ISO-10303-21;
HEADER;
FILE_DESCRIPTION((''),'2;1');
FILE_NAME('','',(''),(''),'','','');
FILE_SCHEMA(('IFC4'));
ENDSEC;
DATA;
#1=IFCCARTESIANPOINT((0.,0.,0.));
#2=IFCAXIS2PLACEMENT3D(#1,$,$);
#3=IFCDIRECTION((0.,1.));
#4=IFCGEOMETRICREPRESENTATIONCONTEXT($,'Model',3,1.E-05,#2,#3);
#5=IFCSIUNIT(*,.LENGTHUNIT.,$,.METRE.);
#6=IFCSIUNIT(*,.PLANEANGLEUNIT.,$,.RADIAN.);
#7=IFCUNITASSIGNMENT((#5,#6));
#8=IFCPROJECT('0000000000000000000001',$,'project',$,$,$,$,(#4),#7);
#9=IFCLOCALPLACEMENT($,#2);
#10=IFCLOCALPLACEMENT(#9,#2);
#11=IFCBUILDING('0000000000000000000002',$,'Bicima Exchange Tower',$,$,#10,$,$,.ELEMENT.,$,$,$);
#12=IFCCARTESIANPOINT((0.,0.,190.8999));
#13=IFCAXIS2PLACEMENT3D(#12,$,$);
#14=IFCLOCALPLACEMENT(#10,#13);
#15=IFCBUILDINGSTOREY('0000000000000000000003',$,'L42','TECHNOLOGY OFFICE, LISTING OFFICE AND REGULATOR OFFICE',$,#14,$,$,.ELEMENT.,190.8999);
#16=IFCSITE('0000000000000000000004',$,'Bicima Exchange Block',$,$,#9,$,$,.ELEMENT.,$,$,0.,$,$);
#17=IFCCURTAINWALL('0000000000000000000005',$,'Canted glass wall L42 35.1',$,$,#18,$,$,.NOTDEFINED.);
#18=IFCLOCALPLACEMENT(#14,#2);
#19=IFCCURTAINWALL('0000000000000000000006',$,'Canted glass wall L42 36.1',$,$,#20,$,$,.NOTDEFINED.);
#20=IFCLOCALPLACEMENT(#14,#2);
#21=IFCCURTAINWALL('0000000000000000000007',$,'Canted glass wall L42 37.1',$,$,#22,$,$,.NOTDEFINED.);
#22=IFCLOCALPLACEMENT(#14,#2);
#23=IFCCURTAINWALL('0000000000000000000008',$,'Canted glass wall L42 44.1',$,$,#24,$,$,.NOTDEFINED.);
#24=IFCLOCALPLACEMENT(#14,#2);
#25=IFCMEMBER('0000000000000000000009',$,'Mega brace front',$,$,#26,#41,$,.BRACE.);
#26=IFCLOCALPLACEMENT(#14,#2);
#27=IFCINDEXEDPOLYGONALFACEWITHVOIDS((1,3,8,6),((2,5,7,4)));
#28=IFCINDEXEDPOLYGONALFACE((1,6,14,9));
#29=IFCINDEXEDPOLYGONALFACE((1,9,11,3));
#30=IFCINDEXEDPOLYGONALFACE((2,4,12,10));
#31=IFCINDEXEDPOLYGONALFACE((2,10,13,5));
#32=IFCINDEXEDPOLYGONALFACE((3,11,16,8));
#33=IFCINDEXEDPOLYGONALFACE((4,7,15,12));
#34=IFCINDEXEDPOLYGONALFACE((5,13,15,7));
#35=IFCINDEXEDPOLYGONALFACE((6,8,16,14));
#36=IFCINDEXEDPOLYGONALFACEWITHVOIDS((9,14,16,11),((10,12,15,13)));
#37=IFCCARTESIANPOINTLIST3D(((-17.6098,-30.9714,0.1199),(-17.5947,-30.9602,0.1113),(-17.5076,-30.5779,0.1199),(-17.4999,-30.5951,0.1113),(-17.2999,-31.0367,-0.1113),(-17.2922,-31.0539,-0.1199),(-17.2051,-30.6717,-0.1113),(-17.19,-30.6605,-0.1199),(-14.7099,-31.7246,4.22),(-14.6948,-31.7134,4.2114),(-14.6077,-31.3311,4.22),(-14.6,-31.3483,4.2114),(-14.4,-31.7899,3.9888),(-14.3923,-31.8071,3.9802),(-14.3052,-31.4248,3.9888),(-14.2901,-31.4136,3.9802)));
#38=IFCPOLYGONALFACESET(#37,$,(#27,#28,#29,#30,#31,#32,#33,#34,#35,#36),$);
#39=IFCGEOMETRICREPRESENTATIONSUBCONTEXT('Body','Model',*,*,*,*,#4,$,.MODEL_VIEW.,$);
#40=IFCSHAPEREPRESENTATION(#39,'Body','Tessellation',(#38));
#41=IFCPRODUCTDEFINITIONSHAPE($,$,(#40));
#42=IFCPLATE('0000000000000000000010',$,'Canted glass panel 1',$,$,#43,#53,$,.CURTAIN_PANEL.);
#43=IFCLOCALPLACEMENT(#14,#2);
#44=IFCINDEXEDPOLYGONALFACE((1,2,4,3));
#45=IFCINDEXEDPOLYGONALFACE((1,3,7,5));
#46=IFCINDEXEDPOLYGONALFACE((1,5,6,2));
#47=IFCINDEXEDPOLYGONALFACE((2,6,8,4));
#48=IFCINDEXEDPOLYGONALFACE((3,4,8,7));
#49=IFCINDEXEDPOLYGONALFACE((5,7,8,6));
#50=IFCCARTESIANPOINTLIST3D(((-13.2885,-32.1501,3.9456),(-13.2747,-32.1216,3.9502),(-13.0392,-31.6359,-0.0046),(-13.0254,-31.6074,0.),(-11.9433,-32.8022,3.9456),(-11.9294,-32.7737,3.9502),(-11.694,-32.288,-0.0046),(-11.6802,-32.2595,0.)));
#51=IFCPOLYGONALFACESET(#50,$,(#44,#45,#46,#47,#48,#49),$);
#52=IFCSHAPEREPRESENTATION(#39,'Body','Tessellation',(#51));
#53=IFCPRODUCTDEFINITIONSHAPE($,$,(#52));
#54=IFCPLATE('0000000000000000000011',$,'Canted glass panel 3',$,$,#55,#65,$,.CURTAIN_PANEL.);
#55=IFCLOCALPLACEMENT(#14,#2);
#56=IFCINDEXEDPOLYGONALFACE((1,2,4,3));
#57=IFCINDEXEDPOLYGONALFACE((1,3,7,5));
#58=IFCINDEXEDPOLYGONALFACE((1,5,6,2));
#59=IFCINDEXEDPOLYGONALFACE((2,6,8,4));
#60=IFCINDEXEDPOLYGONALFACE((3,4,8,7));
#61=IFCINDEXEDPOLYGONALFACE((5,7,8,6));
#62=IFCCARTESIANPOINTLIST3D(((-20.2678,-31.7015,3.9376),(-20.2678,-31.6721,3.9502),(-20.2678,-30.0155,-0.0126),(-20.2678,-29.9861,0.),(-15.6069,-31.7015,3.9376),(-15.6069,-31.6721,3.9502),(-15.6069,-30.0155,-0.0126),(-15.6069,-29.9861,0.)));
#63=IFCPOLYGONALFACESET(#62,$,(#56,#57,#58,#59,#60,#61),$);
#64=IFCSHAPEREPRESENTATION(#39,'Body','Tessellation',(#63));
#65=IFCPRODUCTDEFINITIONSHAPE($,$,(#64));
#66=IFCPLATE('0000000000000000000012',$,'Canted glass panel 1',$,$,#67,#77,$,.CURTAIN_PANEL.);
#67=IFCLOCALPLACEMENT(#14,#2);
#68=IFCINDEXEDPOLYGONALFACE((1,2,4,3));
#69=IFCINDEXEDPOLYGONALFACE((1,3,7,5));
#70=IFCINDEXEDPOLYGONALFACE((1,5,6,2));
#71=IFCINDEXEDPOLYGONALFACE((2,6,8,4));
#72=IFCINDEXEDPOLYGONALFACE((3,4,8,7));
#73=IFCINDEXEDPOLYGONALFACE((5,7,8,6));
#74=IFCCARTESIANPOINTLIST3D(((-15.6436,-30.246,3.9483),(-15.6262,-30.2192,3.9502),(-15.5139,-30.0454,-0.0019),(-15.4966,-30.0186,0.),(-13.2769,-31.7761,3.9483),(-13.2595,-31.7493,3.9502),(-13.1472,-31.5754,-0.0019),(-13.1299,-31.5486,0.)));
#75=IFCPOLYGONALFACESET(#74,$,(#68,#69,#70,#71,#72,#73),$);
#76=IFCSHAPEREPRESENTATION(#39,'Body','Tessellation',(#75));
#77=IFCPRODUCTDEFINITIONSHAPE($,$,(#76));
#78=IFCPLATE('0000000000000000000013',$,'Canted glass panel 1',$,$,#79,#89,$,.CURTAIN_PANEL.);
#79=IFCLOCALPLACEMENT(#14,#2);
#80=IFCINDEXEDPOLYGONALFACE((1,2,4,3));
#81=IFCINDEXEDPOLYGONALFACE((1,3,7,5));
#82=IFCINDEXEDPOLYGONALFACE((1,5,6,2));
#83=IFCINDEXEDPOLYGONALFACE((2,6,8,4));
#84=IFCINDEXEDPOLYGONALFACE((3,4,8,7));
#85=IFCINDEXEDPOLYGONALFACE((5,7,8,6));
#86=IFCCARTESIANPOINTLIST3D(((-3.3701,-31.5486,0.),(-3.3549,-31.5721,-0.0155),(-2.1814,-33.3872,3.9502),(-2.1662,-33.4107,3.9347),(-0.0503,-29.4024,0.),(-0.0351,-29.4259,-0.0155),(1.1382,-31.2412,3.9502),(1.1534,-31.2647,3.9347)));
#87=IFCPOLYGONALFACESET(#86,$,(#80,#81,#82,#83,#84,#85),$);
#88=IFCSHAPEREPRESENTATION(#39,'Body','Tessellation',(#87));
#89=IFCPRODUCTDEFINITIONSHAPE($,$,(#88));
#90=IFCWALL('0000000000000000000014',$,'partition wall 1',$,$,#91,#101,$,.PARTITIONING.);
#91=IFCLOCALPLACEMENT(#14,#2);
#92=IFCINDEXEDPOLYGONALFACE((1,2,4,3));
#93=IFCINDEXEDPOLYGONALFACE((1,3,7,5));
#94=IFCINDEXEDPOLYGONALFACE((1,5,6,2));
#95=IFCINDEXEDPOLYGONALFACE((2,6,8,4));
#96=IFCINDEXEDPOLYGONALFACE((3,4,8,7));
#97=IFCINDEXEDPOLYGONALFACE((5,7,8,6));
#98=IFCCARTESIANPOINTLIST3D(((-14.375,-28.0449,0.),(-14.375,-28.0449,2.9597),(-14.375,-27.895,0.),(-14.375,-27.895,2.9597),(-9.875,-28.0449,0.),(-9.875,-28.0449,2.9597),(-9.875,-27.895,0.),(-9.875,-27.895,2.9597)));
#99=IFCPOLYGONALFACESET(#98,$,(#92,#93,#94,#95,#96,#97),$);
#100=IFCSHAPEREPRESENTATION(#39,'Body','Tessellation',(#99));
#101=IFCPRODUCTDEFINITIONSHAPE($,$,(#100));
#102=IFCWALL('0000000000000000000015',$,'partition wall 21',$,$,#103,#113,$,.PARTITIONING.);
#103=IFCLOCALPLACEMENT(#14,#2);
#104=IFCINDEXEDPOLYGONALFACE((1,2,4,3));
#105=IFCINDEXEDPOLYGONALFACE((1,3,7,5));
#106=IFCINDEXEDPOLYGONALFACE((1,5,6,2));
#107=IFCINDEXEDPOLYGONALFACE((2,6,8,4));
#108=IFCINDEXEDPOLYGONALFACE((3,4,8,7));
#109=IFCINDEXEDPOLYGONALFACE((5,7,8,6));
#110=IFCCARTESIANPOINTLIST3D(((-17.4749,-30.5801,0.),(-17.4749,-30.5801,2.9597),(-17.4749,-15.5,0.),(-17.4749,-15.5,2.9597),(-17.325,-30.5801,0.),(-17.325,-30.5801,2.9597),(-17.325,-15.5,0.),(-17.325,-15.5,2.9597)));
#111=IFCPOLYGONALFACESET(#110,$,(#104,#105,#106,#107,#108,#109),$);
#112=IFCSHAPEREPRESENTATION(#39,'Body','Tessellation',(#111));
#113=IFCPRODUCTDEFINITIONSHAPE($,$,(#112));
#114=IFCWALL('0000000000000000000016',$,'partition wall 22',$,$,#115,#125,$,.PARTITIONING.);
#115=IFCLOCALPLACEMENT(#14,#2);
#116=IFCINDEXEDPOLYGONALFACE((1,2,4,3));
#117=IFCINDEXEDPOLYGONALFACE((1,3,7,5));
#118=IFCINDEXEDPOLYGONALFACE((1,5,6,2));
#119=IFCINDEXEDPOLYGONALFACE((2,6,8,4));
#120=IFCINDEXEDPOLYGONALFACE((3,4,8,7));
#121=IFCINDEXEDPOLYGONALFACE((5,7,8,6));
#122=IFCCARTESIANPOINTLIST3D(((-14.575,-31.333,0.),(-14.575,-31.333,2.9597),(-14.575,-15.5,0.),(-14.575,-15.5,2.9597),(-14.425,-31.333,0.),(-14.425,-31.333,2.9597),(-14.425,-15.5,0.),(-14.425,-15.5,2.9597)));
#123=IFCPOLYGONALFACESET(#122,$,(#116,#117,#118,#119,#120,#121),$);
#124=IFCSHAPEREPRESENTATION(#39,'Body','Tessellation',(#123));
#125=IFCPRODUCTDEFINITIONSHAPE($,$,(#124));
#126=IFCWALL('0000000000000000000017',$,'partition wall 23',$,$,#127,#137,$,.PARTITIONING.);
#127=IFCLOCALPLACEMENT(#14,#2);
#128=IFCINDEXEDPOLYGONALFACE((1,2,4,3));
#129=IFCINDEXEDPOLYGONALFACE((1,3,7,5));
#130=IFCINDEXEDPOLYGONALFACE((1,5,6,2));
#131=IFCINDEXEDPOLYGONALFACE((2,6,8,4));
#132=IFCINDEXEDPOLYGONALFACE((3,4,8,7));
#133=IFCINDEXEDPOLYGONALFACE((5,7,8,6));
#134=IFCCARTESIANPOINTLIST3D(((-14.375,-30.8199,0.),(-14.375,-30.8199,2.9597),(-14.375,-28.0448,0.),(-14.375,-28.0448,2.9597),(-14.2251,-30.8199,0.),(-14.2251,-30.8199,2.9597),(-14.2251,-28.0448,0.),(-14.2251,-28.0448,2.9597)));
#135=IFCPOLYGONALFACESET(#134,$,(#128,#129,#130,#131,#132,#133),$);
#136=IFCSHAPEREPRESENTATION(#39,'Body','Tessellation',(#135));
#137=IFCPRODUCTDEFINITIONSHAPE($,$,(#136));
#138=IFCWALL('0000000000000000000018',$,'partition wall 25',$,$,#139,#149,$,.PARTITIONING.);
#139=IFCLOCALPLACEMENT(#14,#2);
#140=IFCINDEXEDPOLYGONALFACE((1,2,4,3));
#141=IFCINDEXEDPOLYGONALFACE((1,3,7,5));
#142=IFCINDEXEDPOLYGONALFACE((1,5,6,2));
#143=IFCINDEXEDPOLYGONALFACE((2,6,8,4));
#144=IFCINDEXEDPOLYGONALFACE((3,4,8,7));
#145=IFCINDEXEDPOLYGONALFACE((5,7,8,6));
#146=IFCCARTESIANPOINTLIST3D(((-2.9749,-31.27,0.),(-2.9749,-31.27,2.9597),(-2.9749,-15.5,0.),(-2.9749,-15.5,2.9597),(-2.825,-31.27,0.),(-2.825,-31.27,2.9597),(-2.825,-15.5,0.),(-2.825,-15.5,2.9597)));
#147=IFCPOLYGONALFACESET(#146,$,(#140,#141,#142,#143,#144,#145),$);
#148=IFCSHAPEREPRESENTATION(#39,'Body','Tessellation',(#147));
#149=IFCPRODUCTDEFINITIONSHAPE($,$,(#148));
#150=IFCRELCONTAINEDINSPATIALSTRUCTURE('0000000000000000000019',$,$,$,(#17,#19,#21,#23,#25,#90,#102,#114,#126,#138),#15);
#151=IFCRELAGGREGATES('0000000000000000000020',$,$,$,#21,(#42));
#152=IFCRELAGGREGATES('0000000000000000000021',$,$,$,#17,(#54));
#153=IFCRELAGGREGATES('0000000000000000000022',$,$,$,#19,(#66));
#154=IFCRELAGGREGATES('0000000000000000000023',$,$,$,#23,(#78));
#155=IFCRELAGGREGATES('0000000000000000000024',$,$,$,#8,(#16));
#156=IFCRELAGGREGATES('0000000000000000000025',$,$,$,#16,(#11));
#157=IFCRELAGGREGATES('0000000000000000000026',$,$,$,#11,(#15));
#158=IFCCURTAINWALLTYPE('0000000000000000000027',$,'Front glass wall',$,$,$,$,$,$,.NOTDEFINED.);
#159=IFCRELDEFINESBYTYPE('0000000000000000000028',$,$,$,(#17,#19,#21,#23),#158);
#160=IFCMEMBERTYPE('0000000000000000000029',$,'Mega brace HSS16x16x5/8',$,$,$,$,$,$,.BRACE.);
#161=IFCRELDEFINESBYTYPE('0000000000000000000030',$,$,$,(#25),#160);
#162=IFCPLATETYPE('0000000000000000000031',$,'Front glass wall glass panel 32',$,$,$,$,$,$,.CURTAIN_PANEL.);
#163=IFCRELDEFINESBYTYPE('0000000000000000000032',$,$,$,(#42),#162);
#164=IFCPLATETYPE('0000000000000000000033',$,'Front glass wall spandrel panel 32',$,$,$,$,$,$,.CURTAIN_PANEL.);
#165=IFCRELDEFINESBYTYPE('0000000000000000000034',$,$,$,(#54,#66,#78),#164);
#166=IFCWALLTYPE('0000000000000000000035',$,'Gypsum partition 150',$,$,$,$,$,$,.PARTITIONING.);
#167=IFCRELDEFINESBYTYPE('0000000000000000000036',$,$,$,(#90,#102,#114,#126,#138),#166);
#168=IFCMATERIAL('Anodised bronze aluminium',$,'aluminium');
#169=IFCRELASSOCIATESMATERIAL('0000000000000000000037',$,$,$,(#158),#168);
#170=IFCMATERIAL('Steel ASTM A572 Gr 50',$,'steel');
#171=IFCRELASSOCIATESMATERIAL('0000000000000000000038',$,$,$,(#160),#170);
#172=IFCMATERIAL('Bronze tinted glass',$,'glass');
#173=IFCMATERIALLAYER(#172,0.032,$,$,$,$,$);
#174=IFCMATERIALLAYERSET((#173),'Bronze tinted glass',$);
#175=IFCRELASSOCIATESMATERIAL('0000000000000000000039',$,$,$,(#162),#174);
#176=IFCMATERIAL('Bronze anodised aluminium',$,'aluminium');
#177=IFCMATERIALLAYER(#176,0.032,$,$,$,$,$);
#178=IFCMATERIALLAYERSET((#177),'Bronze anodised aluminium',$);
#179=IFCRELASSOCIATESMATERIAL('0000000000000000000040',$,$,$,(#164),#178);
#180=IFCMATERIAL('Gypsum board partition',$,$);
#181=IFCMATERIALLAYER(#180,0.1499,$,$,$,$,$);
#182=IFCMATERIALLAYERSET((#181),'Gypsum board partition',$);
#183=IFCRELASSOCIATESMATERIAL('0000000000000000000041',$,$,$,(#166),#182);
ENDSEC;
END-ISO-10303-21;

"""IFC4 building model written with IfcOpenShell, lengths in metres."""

from ifc_helpers import new_model, si_unit, direction, frame, frame_2d, origin, origin_2d, place, context, subcontext, project, spatial, polyline, rectangle, hollow_rectangle, outline, extrude, material, layer, layer_set, material_profile, profile_set, type_object, element, aggregate, save


model = new_model("IFC4")

# Units and contexts
model_context = context("Model", 3, precision=1e-05, world=origin(), true_north=direction((0.0, 1.0)))
body_context = subcontext(model_context, "Body", "Model", "MODEL_VIEW")
ifc_project = project(units=[si_unit("LENGTHUNIT", "METRE"), si_unit("PLANEANGLEUNIT", "RADIAN")], contexts=[model_context])

# Site, building, storey
site_placement = place(None, origin())
site = spatial("IfcSite", under=ifc_project, at=site_placement, Name="Bicima Exchange Block", CompositionType="ELEMENT", RefElevation=0.0)
building_placement = place(site_placement, origin())
building = spatial("IfcBuilding", under=site, at=building_placement, Name="Bicima Exchange Tower", CompositionType="ELEMENT")
storey_placement = place(building_placement, frame((0.0, 0.0, 190.8999)))
storey = spatial("IfcBuildingStorey", under=building, at=storey_placement, Name="L42", Description="TECHNOLOGY OFFICE, LISTING OFFICE AND REGULATOR OFFICE", CompositionType="ELEMENT", Elevation=190.8999)

# Curtain wall
ifc_material_1 = material(Name="Anodised bronze aluminium", Category="aluminium")
curtain_wall_type = type_object("IfcCurtainWallType", Name="Front glass wall", PredefinedType="NOTDEFINED", material=ifc_material_1)
curtain_wall_1_placement = place(storey_placement, origin())
curtain_wall_1 = element("IfcCurtainWall", 1, at=curtain_wall_1_placement, inside=storey, type_object=curtain_wall_type, Name="Canted glass wall L42 35.1", PredefinedType="NOTDEFINED")

# Curtain wall
curtain_wall_2_placement = place(storey_placement, origin())
curtain_wall_2 = element("IfcCurtainWall", 2, at=curtain_wall_2_placement, inside=storey, type_object=curtain_wall_type, Name="Canted glass wall L42 36.1", PredefinedType="NOTDEFINED")

# Curtain walls
curtain_wall_3_placement = place(storey_placement, origin())
curtain_wall_3 = element("IfcCurtainWall", 3, at=curtain_wall_3_placement, inside=storey, type_object=curtain_wall_type, Name="Canted glass wall L42 37.1", PredefinedType="NOTDEFINED")
curtain_wall_4_placement = place(storey_placement, origin())
curtain_wall_4 = element("IfcCurtainWall", 4, at=curtain_wall_4_placement, inside=storey, type_object=curtain_wall_type, Name="Canted glass wall L42 44.1", PredefinedType="NOTDEFINED")

# Member
ifc_material_2 = material(Name="Steel ASTM A572 Gr 50", Category="steel")
ifc_material_profile_1 = material_profile(ifc_material_2, hollow_rectangle(XDim=0.4065, YDim=0.4065, WallThickness=0.0146, at=origin_2d()))
ifc_profile_set_1 = profile_set([ifc_material_profile_1], Name="Steel ASTM A572 Gr 50")
member_type_1 = type_object("IfcMemberType", Name="Mega brace HSS16x16x5/8", PredefinedType="BRACE", material=ifc_profile_set_1)
member_1_placement = place(storey_placement, frame((-17.3999, -30.8159, 0.0), z_axis=(0.571056, -0.148317, 0.807401), x_axis=(0.251383, 0.967888, 0.0)))
element("IfcMember", 5, at=member_1_placement, inside=storey, type_object=member_type_1, Name="Mega brace front", PredefinedType="BRACE", context=body_context, shape_type="SweptSolid", body=[
    extrude(hollow_rectangle(XDim=0.4065, YDim=0.4065, WallThickness=0.0146, at=origin_2d()), origin(), (0.0, 0.0, 1.0), 5.0781),
])

# Plates
ifc_material_3 = material(Name="Bronze tinted glass", Category="glass")
ifc_layer_1 = layer(ifc_material_3, 0.032)
ifc_layer_set_1 = layer_set([ifc_layer_1], Name="Bronze tinted glass")
plate_type_1 = type_object("IfcPlateType", Name="Front glass wall glass panel 32", PredefinedType="CURTAIN_PANEL", material=ifc_layer_set_1)
plate_1_placement = place(storey_placement, frame((-13.0254, -31.6074, 0.0), z_axis=(0.431712, 0.890578, 0.14316), x_axis=(0.899847, -0.436205, 0.0)))
plate_1 = element("IfcPlate", 6, at=plate_1_placement, type_object=plate_type_1, Name="Canted glass panel 1", PredefinedType="CURTAIN_PANEL", context=body_context, shape_type="SweptSolid", body=[
    extrude(outline(polyline([(0.0, 0.0), (1.4949, 0.0), (1.4949, -3.9913), (0.0, -3.9913), (0.0, 0.0)])), origin(), (0.0, 0.0, -1.0), 0.032),
])
aggregate(curtain_wall_3, [plate_1])
ifc_material_4 = material(Name="Bronze anodised aluminium", Category="aluminium")
ifc_layer_2 = layer(ifc_material_4, 0.032)
ifc_layer_set_2 = layer_set([ifc_layer_2], Name="Bronze anodised aluminium")
plate_type_2 = type_object("IfcPlateType", Name="Front glass wall spandrel panel 32", PredefinedType="CURTAIN_PANEL", material=ifc_layer_set_2)
plate_2_placement = place(storey_placement, frame((-20.2678, -29.9861, 0.0), z_axis=(0.0, 0.919726, 0.392561), x_axis=(1.0, 0.0, 0.0)))
plate_2 = element("IfcPlate", 7, at=plate_2_placement, type_object=plate_type_2, Name="Canted glass panel 3", PredefinedType="CURTAIN_PANEL", context=body_context, shape_type="SweptSolid", body=[
    extrude(outline(polyline([(0.0, 0.0), (4.6609, 0.0), (4.6609, -4.295), (0.0, -4.295), (0.0, 0.0)])), origin(), (0.0, 0.0, -1.0), 0.032),
])
aggregate(curtain_wall_1, [plate_2])
plate_3_placement = place(storey_placement, frame((-15.4966, -30.0186, 0.0), z_axis=(0.54192, 0.838259, 0.060371), x_axis=(0.839791, -0.54291, 0.0)))
plate_3 = element("IfcPlate", 8, at=plate_3_placement, type_object=plate_type_2, Name="Canted glass panel 1", PredefinedType="CURTAIN_PANEL", context=body_context, shape_type="SweptSolid", body=[
    extrude(outline(polyline([(0.0, 0.0), (2.8182, 0.0), (2.8183, -3.9574), (0.0001, -3.9574), (0.0, 0.0)])), origin(), (0.0, 0.0, -1.0), 0.032),
])
aggregate(curtain_wall_2, [plate_3])
plate_4_placement = place(storey_placement, frame((-3.3701, -31.5486, 0.0), z_axis=(-0.474847, 0.734512, 0.484782), x_axis=(0.839791, 0.54291, -0.000004)))
plate_4 = element("IfcPlate", 9, at=plate_4_placement, type_object=plate_type_2, Name="Canted glass panel 1", PredefinedType="CURTAIN_PANEL", context=body_context, shape_type="SweptSolid", body=[
    extrude(outline(polyline([(0.0, 0.0), (3.9532, 0.0), (3.9529, -4.5164), (0.0001, -4.5164), (0.0, 0.0)])), origin(), (0.0, 0.0, -1.0), 0.032),
])
aggregate(curtain_wall_4, [plate_4])

# Walls
ifc_material_5 = material(Name="Gypsum board partition")
ifc_layer_3 = layer(ifc_material_5, 0.1499)
ifc_layer_set_3 = layer_set([ifc_layer_3], Name="Gypsum board partition")
wall_type = type_object("IfcWallType", Name="Gypsum partition 150", PredefinedType="PARTITIONING", material=ifc_layer_set_3)
wall_1_placement = place(storey_placement, frame((-14.375, -27.97, 0.0), z_axis=(0.0, 0.0, 1.0), x_axis=(1.0, 0.0, 0.0)))
element("IfcWall", 10, at=wall_1_placement, inside=storey, type_object=wall_type, Name="partition wall 1", PredefinedType="PARTITIONING", context=body_context, shape_type="SweptSolid", body=[
    extrude(rectangle(XDim=4.5, YDim=0.1499, at=frame_2d((2.25, 0.0))), origin(), (0.0, 0.0, 1.0), 2.9597),
])
wall_2_placement = place(storey_placement, frame((-17.3999, -30.5801, 0.0), z_axis=(0.0, 0.0, 1.0), x_axis=(0.0, 1.0, 0.0)))
element("IfcWall", 11, at=wall_2_placement, inside=storey, type_object=wall_type, Name="partition wall 21", PredefinedType="PARTITIONING", context=body_context, shape_type="SweptSolid", body=[
    extrude(rectangle(XDim=15.0801, YDim=0.1499, at=frame_2d((7.54, 0.0))), origin(), (0.0, 0.0, 1.0), 2.9597),
])
wall_3_placement = place(storey_placement, frame((-14.5, -31.333, 0.0), z_axis=(0.0, 0.0, 1.0), x_axis=(0.0, 1.0, 0.0)))
element("IfcWall", 12, at=wall_3_placement, inside=storey, type_object=wall_type, Name="partition wall 22", PredefinedType="PARTITIONING", context=body_context, shape_type="SweptSolid", body=[
    extrude(rectangle(XDim=15.833, YDim=0.1499, at=frame_2d((7.9165, 0.0))), origin(), (0.0, 0.0, 1.0), 2.9597),
])
wall_4_placement = place(storey_placement, frame((-14.3, -30.8201, 0.0), z_axis=(0.0, 0.0, 1.0), x_axis=(0.0, 1.0, 0.0)))
element("IfcWall", 13, at=wall_4_placement, inside=storey, type_object=wall_type, Name="partition wall 23", PredefinedType="PARTITIONING", context=body_context, shape_type="SweptSolid", body=[
    extrude(rectangle(XDim=2.7751, YDim=0.1499, at=frame_2d((1.3877, 0.0))), origin(), (0.0, 0.0, 1.0), 2.9597),
])
wall_5_placement = place(storey_placement, frame((-2.8999, -31.27, 0.0), z_axis=(0.0, 0.0, 1.0), x_axis=(0.0, 1.0, 0.0)))
element("IfcWall", 14, at=wall_5_placement, inside=storey, type_object=wall_type, Name="partition wall 25", PredefinedType="PARTITIONING", context=body_context, shape_type="SweptSolid", body=[
    extrude(rectangle(XDim=15.77, YDim=0.1499, at=frame_2d((7.885, 0.0))), origin(), (0.0, 0.0, 1.0), 2.9597),
])

save(model, "model.ifc")
